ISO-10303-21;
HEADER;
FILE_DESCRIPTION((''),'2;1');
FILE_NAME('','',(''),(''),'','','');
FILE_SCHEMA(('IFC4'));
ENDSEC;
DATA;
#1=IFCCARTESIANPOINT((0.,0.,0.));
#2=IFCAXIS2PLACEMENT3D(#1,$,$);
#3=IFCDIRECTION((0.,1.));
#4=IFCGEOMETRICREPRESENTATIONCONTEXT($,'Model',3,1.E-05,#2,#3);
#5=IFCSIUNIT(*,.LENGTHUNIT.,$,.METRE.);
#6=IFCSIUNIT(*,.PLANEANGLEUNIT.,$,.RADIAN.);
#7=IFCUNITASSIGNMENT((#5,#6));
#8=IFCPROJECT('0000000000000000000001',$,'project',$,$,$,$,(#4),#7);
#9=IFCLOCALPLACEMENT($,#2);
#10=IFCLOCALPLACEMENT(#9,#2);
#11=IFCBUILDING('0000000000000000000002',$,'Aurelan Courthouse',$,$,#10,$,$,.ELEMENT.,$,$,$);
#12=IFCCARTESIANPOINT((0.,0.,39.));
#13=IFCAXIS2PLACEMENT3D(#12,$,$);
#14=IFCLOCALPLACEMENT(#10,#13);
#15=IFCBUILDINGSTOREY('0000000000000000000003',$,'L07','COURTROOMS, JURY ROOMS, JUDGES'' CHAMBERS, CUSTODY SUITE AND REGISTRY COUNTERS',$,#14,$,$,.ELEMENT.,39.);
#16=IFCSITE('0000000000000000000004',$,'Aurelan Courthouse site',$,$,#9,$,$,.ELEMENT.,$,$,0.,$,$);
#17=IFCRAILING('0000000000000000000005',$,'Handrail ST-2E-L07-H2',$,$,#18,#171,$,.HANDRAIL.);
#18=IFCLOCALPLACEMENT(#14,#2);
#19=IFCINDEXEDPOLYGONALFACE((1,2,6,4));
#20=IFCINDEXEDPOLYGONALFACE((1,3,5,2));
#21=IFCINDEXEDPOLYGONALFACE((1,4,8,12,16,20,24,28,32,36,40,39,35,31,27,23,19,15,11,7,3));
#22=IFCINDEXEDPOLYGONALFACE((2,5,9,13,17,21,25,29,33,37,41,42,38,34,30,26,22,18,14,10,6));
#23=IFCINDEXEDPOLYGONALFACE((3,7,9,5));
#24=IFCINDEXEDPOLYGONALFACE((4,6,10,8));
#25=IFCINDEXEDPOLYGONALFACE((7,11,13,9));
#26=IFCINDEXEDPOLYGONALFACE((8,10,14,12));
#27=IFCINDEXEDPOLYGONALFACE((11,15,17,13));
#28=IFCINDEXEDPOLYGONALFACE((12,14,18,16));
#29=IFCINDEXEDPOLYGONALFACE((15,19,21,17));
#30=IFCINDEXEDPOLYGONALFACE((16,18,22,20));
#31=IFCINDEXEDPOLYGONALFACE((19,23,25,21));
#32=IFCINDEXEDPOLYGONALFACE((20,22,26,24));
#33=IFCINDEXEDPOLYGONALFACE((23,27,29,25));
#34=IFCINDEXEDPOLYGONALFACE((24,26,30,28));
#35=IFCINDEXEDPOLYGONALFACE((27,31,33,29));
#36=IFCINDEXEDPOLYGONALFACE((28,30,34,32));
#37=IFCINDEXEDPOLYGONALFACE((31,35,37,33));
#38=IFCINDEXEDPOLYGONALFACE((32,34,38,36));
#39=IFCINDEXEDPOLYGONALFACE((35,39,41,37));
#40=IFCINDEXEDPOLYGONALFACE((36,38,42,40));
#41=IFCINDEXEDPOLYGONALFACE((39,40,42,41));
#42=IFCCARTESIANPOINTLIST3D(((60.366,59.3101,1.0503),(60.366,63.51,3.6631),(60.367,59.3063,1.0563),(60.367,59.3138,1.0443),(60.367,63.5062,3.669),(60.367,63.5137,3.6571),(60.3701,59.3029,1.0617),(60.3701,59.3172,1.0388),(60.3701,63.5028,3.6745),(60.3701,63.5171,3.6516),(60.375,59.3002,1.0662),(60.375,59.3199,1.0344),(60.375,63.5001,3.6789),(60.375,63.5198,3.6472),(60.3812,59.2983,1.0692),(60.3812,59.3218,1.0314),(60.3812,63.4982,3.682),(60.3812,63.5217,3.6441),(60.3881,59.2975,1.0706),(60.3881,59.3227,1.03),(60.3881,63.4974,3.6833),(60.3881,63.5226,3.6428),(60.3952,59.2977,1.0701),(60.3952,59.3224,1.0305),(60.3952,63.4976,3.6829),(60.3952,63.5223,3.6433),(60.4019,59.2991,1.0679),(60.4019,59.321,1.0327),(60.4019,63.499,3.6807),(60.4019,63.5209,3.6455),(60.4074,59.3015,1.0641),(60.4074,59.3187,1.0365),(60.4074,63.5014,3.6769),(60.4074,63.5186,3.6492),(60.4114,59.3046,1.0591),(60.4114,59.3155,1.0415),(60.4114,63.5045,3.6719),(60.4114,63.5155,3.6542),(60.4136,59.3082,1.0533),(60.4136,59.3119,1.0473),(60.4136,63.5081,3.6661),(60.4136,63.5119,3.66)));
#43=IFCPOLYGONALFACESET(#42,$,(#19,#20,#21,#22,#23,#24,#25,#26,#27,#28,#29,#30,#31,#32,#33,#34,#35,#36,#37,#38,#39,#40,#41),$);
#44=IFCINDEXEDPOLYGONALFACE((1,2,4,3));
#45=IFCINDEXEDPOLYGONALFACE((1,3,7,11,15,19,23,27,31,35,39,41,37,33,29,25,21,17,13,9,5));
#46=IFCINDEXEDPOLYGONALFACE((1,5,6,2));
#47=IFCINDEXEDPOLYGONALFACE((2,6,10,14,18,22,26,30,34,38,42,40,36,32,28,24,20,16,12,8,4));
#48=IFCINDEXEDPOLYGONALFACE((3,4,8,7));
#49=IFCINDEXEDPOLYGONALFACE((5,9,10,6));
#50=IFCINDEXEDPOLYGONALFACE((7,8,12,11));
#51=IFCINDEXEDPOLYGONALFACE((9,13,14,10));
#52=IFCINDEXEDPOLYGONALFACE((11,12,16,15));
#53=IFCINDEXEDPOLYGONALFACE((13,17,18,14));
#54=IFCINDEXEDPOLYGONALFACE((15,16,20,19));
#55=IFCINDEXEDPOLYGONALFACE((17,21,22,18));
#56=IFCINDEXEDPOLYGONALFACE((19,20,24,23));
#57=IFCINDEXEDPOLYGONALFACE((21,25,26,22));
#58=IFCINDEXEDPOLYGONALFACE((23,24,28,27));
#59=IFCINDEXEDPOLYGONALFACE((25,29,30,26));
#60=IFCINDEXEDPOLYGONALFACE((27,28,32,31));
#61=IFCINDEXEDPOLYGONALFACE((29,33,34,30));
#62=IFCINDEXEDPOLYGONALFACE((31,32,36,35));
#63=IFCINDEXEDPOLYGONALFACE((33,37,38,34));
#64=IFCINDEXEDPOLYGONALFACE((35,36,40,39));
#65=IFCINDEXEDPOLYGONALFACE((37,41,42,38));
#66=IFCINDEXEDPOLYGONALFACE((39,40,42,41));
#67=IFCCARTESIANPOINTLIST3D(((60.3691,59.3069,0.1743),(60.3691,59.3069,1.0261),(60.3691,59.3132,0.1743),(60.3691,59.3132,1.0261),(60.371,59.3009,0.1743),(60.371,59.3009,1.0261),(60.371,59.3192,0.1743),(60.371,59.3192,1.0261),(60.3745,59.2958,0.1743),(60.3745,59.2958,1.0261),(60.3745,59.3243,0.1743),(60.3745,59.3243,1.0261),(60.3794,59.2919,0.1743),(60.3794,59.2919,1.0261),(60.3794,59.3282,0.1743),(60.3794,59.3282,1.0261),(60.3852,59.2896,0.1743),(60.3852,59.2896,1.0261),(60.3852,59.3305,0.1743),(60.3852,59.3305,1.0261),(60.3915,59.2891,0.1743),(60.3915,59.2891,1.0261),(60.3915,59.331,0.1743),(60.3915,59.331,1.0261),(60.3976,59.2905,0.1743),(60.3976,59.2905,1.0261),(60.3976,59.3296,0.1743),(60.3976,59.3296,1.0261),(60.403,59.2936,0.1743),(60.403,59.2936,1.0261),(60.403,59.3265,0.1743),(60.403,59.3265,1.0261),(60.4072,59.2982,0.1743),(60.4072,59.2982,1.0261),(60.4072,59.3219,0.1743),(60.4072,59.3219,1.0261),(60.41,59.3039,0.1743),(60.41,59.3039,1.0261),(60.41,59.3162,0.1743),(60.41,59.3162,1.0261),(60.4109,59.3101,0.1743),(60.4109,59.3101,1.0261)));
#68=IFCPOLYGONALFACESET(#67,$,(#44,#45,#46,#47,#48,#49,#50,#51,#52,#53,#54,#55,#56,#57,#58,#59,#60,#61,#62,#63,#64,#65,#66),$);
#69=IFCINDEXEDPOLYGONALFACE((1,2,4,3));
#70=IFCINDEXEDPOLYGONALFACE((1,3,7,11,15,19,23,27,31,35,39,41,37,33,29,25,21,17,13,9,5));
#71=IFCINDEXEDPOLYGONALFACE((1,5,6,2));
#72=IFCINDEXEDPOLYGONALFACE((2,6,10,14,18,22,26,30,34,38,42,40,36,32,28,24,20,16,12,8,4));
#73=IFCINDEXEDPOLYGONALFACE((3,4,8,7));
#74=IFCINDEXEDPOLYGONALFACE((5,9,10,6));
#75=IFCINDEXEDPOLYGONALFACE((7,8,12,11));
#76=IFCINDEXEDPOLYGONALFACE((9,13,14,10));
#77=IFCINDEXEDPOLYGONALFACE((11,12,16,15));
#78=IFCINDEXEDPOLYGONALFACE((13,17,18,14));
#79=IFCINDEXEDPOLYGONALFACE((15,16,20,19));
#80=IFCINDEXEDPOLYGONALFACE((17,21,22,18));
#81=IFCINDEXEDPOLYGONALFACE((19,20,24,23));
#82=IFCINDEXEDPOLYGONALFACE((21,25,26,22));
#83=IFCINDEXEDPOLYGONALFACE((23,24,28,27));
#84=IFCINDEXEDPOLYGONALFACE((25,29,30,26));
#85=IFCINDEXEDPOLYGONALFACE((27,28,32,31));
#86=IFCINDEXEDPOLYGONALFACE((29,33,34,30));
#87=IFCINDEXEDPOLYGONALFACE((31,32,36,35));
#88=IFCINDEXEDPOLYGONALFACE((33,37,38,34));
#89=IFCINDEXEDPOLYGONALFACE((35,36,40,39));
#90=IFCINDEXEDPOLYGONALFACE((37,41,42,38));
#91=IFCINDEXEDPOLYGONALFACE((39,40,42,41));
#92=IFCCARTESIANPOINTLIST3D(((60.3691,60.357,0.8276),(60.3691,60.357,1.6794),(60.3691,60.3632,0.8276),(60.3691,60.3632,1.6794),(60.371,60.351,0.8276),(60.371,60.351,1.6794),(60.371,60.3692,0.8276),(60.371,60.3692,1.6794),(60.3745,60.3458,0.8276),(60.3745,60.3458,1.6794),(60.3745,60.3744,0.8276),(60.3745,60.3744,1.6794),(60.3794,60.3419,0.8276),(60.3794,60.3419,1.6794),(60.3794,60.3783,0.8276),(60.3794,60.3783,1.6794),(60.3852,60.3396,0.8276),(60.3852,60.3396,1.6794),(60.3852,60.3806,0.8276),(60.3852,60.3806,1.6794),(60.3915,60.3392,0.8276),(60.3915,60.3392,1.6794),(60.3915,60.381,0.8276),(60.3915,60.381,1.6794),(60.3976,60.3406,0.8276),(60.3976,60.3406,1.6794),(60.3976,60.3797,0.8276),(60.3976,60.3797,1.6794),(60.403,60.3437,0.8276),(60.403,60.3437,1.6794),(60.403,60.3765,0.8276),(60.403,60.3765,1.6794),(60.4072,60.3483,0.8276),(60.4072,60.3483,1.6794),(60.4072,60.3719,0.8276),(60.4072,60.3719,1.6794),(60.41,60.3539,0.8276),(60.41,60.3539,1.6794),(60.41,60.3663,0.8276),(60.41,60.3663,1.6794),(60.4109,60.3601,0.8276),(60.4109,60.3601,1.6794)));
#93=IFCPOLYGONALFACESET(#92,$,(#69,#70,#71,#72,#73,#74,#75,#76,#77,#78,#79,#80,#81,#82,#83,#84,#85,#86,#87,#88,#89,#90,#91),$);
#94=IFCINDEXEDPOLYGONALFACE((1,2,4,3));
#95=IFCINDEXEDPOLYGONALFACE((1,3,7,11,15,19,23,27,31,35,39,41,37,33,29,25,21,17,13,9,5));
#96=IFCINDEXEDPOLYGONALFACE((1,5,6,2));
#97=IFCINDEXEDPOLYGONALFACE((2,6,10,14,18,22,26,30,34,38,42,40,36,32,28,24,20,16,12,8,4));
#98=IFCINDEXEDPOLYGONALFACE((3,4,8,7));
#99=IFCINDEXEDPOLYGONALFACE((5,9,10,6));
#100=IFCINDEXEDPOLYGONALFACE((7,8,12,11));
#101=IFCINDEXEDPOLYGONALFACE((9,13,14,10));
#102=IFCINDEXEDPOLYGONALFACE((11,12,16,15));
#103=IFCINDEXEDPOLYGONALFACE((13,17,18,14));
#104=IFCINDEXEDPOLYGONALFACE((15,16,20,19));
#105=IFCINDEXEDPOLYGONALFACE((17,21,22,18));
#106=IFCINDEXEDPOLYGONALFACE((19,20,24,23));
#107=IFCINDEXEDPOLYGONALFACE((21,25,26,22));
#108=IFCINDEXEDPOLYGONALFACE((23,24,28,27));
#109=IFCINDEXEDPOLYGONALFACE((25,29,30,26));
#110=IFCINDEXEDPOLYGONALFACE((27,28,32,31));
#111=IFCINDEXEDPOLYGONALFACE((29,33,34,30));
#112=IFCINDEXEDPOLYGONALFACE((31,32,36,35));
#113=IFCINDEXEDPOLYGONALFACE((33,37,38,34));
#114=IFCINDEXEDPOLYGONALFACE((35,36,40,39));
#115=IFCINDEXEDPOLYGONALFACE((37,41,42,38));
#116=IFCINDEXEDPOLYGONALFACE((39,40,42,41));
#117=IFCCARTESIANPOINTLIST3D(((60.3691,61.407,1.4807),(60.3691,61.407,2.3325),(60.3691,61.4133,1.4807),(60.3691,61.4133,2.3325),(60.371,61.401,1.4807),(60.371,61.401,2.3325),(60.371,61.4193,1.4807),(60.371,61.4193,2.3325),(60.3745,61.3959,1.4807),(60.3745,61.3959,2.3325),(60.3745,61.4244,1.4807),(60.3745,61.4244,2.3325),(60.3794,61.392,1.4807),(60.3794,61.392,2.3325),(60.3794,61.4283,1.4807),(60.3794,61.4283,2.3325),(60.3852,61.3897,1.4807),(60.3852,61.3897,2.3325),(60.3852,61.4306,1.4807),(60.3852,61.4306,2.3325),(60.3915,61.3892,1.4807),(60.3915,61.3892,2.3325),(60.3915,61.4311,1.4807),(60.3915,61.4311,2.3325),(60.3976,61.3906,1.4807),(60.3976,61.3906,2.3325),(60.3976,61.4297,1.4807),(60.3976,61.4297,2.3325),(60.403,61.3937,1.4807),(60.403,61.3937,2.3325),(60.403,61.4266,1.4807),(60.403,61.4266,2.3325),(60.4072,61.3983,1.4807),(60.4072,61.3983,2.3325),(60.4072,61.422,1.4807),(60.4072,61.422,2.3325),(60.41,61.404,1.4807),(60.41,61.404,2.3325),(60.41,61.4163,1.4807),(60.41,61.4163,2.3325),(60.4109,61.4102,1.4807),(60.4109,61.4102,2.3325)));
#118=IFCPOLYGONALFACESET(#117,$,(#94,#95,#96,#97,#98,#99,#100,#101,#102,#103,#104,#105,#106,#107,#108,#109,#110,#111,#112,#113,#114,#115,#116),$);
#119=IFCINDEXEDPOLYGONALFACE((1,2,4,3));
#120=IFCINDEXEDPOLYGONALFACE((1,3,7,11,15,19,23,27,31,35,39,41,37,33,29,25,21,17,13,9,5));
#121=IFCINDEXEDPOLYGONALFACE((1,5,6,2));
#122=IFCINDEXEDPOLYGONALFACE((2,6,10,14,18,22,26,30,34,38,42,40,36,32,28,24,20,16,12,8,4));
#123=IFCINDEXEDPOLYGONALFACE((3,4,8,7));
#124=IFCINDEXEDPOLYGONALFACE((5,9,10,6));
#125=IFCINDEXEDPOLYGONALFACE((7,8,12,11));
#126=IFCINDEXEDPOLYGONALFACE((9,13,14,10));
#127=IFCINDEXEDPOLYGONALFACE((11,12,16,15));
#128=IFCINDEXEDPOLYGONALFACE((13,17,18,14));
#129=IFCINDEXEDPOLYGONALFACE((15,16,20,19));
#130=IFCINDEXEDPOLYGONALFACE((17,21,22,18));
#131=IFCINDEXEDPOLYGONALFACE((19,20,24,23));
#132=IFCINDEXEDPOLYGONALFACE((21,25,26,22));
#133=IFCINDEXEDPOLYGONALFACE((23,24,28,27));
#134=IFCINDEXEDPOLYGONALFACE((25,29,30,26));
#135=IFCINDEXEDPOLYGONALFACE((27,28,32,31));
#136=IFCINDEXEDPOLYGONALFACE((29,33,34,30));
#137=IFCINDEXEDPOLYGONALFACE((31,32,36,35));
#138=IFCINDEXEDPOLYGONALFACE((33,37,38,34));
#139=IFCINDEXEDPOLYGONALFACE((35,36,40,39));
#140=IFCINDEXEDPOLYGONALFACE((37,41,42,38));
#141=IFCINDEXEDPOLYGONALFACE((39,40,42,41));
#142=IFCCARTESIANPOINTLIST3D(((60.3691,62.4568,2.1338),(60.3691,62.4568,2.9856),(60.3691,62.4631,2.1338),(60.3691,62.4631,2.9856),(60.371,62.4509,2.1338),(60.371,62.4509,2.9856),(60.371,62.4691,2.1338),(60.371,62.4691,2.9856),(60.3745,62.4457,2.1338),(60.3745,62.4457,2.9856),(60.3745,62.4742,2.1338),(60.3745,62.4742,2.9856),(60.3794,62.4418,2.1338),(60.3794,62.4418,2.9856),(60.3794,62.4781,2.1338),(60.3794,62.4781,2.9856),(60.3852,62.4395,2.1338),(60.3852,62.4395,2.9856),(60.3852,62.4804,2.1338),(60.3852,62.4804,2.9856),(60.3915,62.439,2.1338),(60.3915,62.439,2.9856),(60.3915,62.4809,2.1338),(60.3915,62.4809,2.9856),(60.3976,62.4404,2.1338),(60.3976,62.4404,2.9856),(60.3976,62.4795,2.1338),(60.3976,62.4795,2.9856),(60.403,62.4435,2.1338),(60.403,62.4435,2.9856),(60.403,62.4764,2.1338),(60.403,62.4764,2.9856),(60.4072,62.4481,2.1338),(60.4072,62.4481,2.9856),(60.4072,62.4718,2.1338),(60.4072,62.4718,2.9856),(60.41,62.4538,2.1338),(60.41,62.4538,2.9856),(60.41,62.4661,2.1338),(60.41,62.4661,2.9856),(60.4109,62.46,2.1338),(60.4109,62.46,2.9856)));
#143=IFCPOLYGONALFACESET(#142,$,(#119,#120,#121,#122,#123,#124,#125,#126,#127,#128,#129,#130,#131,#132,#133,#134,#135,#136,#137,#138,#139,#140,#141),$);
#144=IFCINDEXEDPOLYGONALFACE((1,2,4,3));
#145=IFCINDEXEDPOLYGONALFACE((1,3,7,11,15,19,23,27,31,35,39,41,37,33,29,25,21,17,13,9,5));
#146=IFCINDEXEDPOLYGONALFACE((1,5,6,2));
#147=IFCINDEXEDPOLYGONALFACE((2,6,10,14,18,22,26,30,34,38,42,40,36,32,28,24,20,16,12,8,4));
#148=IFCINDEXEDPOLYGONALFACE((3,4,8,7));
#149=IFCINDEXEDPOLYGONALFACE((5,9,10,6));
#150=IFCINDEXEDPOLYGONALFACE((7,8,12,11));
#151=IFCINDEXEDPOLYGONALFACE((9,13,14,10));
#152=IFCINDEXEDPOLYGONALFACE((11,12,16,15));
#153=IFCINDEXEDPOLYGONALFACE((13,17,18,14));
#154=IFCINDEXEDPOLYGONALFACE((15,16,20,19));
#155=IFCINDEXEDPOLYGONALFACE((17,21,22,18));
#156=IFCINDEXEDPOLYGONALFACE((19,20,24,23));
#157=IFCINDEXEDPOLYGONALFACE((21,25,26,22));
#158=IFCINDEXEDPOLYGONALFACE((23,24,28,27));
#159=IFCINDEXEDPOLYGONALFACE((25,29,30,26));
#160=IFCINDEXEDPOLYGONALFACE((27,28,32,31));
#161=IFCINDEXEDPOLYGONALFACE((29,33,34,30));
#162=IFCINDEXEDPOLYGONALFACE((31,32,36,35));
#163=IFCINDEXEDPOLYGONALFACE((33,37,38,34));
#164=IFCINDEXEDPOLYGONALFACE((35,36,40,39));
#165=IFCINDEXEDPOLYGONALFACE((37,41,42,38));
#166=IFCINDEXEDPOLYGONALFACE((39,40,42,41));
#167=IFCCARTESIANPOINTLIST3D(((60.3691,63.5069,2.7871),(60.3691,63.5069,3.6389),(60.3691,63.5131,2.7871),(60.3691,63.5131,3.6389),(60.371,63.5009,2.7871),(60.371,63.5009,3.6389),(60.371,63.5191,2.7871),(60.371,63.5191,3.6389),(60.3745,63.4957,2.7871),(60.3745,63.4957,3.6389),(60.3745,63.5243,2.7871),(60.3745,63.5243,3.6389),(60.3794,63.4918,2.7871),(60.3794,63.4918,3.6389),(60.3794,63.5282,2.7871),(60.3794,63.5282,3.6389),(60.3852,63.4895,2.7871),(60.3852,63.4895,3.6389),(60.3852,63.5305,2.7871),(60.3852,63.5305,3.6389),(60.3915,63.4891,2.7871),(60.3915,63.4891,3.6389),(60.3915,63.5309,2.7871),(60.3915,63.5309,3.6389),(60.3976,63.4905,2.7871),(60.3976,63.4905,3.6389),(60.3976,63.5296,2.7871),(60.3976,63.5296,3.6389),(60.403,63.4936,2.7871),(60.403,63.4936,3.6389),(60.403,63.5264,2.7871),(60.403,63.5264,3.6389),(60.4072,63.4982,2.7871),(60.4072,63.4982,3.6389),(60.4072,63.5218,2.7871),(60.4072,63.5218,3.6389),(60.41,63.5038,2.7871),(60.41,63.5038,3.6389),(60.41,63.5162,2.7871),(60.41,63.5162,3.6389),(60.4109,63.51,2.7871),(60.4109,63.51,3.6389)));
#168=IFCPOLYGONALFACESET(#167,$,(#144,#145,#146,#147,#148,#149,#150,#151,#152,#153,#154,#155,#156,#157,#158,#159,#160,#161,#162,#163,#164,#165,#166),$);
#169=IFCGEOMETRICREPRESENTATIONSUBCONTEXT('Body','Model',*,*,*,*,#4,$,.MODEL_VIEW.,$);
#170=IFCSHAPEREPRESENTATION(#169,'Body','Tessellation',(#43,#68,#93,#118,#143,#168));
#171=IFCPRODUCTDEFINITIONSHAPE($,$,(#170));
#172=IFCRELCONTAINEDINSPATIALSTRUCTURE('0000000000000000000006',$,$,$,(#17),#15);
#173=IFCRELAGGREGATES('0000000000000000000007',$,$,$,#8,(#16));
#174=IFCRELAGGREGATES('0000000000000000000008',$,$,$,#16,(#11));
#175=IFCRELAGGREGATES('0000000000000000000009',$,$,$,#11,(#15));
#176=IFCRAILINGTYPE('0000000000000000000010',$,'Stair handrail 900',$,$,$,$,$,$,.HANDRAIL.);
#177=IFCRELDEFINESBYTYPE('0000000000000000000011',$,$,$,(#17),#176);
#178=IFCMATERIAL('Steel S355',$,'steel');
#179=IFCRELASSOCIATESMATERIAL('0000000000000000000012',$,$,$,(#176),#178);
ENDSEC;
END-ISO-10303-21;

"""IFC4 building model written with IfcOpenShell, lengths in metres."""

from ifc_helpers import new_model, si_unit, direction, frame, origin, origin_2d, place, context, subcontext, project, spatial, circle, extrude, material, type_object, element, save


model = new_model("IFC4")

# Units and contexts
model_context = context("Model", 3, precision=1e-05, world=origin(), true_north=direction((0.0, 1.0)))
body_context = subcontext(model_context, "Body", "Model", "MODEL_VIEW")
ifc_project = project(units=[si_unit("LENGTHUNIT", "METRE"), si_unit("PLANEANGLEUNIT", "RADIAN")], contexts=[model_context])

# Site, building, storey
site_placement = place(None, origin())
site = spatial("IfcSite", under=ifc_project, at=site_placement, Name="Aurelan Courthouse site", CompositionType="ELEMENT", RefElevation=0.0)
building_placement = place(site_placement, origin())
building = spatial("IfcBuilding", under=site, at=building_placement, Name="Aurelan Courthouse", CompositionType="ELEMENT")
storey_placement = place(building_placement, frame((0.0, 0.0, 39.0)))
storey = spatial("IfcBuildingStorey", under=building, at=storey_placement, Name="L07", Description="COURTROOMS, JURY ROOMS, JUDGES' CHAMBERS, CUSTODY SUITE AND REGISTRY COUNTERS", CompositionType="ELEMENT", Elevation=39.0)

# Railing
ifc_material_1 = material(Name="Steel S355", Category="steel")
railing_type_1 = type_object("IfcRailingType", Name="Stair handrail 900", PredefinedType="HANDRAIL", material=ifc_material_1)
for number, where, name in (
    (1, (60.3899, 59.3101, 0.1743), "Handrail ST-2E-L07-H2"),
):
    element("IfcRailing", number, at=place(storey_placement, frame(where)), inside=storey, type_object=railing_type_1, Name=name, PredefinedType="HANDRAIL", context=body_context, shape_type="SweptSolid", body=[
        extrude(circle(Radius=0.0239, at=origin_2d()), frame((0.0, 0.0, 0.876), z_axis=(0.0, 0.849103, 0.528228), x_axis=(-1.0, 0.0, 0.0)), (0.0, 0.0, 1.0), 4.9463),
        extrude(circle(Radius=0.021, at=origin_2d()), origin(), (0.0, 0.0, 1.0), 0.8518),
        extrude(circle(Radius=0.021, at=origin_2d()), frame((0.0, 1.05, 0.6533)), (0.0, 0.0, 1.0), 0.8518),
        extrude(circle(Radius=0.021, at=origin_2d()), frame((0.0, 2.1001, 1.3064)), (0.0, 0.0, 1.0), 0.8518),
        extrude(circle(Radius=0.021, at=origin_2d()), frame((0.0, 3.1499, 1.9595)), (0.0, 0.0, 1.0), 0.8518),
        extrude(circle(Radius=0.021, at=origin_2d()), frame((0.0, 4.2, 2.6128)), (0.0, 0.0, 1.0), 0.8518),
    ])

save(model, "model.ifc")
